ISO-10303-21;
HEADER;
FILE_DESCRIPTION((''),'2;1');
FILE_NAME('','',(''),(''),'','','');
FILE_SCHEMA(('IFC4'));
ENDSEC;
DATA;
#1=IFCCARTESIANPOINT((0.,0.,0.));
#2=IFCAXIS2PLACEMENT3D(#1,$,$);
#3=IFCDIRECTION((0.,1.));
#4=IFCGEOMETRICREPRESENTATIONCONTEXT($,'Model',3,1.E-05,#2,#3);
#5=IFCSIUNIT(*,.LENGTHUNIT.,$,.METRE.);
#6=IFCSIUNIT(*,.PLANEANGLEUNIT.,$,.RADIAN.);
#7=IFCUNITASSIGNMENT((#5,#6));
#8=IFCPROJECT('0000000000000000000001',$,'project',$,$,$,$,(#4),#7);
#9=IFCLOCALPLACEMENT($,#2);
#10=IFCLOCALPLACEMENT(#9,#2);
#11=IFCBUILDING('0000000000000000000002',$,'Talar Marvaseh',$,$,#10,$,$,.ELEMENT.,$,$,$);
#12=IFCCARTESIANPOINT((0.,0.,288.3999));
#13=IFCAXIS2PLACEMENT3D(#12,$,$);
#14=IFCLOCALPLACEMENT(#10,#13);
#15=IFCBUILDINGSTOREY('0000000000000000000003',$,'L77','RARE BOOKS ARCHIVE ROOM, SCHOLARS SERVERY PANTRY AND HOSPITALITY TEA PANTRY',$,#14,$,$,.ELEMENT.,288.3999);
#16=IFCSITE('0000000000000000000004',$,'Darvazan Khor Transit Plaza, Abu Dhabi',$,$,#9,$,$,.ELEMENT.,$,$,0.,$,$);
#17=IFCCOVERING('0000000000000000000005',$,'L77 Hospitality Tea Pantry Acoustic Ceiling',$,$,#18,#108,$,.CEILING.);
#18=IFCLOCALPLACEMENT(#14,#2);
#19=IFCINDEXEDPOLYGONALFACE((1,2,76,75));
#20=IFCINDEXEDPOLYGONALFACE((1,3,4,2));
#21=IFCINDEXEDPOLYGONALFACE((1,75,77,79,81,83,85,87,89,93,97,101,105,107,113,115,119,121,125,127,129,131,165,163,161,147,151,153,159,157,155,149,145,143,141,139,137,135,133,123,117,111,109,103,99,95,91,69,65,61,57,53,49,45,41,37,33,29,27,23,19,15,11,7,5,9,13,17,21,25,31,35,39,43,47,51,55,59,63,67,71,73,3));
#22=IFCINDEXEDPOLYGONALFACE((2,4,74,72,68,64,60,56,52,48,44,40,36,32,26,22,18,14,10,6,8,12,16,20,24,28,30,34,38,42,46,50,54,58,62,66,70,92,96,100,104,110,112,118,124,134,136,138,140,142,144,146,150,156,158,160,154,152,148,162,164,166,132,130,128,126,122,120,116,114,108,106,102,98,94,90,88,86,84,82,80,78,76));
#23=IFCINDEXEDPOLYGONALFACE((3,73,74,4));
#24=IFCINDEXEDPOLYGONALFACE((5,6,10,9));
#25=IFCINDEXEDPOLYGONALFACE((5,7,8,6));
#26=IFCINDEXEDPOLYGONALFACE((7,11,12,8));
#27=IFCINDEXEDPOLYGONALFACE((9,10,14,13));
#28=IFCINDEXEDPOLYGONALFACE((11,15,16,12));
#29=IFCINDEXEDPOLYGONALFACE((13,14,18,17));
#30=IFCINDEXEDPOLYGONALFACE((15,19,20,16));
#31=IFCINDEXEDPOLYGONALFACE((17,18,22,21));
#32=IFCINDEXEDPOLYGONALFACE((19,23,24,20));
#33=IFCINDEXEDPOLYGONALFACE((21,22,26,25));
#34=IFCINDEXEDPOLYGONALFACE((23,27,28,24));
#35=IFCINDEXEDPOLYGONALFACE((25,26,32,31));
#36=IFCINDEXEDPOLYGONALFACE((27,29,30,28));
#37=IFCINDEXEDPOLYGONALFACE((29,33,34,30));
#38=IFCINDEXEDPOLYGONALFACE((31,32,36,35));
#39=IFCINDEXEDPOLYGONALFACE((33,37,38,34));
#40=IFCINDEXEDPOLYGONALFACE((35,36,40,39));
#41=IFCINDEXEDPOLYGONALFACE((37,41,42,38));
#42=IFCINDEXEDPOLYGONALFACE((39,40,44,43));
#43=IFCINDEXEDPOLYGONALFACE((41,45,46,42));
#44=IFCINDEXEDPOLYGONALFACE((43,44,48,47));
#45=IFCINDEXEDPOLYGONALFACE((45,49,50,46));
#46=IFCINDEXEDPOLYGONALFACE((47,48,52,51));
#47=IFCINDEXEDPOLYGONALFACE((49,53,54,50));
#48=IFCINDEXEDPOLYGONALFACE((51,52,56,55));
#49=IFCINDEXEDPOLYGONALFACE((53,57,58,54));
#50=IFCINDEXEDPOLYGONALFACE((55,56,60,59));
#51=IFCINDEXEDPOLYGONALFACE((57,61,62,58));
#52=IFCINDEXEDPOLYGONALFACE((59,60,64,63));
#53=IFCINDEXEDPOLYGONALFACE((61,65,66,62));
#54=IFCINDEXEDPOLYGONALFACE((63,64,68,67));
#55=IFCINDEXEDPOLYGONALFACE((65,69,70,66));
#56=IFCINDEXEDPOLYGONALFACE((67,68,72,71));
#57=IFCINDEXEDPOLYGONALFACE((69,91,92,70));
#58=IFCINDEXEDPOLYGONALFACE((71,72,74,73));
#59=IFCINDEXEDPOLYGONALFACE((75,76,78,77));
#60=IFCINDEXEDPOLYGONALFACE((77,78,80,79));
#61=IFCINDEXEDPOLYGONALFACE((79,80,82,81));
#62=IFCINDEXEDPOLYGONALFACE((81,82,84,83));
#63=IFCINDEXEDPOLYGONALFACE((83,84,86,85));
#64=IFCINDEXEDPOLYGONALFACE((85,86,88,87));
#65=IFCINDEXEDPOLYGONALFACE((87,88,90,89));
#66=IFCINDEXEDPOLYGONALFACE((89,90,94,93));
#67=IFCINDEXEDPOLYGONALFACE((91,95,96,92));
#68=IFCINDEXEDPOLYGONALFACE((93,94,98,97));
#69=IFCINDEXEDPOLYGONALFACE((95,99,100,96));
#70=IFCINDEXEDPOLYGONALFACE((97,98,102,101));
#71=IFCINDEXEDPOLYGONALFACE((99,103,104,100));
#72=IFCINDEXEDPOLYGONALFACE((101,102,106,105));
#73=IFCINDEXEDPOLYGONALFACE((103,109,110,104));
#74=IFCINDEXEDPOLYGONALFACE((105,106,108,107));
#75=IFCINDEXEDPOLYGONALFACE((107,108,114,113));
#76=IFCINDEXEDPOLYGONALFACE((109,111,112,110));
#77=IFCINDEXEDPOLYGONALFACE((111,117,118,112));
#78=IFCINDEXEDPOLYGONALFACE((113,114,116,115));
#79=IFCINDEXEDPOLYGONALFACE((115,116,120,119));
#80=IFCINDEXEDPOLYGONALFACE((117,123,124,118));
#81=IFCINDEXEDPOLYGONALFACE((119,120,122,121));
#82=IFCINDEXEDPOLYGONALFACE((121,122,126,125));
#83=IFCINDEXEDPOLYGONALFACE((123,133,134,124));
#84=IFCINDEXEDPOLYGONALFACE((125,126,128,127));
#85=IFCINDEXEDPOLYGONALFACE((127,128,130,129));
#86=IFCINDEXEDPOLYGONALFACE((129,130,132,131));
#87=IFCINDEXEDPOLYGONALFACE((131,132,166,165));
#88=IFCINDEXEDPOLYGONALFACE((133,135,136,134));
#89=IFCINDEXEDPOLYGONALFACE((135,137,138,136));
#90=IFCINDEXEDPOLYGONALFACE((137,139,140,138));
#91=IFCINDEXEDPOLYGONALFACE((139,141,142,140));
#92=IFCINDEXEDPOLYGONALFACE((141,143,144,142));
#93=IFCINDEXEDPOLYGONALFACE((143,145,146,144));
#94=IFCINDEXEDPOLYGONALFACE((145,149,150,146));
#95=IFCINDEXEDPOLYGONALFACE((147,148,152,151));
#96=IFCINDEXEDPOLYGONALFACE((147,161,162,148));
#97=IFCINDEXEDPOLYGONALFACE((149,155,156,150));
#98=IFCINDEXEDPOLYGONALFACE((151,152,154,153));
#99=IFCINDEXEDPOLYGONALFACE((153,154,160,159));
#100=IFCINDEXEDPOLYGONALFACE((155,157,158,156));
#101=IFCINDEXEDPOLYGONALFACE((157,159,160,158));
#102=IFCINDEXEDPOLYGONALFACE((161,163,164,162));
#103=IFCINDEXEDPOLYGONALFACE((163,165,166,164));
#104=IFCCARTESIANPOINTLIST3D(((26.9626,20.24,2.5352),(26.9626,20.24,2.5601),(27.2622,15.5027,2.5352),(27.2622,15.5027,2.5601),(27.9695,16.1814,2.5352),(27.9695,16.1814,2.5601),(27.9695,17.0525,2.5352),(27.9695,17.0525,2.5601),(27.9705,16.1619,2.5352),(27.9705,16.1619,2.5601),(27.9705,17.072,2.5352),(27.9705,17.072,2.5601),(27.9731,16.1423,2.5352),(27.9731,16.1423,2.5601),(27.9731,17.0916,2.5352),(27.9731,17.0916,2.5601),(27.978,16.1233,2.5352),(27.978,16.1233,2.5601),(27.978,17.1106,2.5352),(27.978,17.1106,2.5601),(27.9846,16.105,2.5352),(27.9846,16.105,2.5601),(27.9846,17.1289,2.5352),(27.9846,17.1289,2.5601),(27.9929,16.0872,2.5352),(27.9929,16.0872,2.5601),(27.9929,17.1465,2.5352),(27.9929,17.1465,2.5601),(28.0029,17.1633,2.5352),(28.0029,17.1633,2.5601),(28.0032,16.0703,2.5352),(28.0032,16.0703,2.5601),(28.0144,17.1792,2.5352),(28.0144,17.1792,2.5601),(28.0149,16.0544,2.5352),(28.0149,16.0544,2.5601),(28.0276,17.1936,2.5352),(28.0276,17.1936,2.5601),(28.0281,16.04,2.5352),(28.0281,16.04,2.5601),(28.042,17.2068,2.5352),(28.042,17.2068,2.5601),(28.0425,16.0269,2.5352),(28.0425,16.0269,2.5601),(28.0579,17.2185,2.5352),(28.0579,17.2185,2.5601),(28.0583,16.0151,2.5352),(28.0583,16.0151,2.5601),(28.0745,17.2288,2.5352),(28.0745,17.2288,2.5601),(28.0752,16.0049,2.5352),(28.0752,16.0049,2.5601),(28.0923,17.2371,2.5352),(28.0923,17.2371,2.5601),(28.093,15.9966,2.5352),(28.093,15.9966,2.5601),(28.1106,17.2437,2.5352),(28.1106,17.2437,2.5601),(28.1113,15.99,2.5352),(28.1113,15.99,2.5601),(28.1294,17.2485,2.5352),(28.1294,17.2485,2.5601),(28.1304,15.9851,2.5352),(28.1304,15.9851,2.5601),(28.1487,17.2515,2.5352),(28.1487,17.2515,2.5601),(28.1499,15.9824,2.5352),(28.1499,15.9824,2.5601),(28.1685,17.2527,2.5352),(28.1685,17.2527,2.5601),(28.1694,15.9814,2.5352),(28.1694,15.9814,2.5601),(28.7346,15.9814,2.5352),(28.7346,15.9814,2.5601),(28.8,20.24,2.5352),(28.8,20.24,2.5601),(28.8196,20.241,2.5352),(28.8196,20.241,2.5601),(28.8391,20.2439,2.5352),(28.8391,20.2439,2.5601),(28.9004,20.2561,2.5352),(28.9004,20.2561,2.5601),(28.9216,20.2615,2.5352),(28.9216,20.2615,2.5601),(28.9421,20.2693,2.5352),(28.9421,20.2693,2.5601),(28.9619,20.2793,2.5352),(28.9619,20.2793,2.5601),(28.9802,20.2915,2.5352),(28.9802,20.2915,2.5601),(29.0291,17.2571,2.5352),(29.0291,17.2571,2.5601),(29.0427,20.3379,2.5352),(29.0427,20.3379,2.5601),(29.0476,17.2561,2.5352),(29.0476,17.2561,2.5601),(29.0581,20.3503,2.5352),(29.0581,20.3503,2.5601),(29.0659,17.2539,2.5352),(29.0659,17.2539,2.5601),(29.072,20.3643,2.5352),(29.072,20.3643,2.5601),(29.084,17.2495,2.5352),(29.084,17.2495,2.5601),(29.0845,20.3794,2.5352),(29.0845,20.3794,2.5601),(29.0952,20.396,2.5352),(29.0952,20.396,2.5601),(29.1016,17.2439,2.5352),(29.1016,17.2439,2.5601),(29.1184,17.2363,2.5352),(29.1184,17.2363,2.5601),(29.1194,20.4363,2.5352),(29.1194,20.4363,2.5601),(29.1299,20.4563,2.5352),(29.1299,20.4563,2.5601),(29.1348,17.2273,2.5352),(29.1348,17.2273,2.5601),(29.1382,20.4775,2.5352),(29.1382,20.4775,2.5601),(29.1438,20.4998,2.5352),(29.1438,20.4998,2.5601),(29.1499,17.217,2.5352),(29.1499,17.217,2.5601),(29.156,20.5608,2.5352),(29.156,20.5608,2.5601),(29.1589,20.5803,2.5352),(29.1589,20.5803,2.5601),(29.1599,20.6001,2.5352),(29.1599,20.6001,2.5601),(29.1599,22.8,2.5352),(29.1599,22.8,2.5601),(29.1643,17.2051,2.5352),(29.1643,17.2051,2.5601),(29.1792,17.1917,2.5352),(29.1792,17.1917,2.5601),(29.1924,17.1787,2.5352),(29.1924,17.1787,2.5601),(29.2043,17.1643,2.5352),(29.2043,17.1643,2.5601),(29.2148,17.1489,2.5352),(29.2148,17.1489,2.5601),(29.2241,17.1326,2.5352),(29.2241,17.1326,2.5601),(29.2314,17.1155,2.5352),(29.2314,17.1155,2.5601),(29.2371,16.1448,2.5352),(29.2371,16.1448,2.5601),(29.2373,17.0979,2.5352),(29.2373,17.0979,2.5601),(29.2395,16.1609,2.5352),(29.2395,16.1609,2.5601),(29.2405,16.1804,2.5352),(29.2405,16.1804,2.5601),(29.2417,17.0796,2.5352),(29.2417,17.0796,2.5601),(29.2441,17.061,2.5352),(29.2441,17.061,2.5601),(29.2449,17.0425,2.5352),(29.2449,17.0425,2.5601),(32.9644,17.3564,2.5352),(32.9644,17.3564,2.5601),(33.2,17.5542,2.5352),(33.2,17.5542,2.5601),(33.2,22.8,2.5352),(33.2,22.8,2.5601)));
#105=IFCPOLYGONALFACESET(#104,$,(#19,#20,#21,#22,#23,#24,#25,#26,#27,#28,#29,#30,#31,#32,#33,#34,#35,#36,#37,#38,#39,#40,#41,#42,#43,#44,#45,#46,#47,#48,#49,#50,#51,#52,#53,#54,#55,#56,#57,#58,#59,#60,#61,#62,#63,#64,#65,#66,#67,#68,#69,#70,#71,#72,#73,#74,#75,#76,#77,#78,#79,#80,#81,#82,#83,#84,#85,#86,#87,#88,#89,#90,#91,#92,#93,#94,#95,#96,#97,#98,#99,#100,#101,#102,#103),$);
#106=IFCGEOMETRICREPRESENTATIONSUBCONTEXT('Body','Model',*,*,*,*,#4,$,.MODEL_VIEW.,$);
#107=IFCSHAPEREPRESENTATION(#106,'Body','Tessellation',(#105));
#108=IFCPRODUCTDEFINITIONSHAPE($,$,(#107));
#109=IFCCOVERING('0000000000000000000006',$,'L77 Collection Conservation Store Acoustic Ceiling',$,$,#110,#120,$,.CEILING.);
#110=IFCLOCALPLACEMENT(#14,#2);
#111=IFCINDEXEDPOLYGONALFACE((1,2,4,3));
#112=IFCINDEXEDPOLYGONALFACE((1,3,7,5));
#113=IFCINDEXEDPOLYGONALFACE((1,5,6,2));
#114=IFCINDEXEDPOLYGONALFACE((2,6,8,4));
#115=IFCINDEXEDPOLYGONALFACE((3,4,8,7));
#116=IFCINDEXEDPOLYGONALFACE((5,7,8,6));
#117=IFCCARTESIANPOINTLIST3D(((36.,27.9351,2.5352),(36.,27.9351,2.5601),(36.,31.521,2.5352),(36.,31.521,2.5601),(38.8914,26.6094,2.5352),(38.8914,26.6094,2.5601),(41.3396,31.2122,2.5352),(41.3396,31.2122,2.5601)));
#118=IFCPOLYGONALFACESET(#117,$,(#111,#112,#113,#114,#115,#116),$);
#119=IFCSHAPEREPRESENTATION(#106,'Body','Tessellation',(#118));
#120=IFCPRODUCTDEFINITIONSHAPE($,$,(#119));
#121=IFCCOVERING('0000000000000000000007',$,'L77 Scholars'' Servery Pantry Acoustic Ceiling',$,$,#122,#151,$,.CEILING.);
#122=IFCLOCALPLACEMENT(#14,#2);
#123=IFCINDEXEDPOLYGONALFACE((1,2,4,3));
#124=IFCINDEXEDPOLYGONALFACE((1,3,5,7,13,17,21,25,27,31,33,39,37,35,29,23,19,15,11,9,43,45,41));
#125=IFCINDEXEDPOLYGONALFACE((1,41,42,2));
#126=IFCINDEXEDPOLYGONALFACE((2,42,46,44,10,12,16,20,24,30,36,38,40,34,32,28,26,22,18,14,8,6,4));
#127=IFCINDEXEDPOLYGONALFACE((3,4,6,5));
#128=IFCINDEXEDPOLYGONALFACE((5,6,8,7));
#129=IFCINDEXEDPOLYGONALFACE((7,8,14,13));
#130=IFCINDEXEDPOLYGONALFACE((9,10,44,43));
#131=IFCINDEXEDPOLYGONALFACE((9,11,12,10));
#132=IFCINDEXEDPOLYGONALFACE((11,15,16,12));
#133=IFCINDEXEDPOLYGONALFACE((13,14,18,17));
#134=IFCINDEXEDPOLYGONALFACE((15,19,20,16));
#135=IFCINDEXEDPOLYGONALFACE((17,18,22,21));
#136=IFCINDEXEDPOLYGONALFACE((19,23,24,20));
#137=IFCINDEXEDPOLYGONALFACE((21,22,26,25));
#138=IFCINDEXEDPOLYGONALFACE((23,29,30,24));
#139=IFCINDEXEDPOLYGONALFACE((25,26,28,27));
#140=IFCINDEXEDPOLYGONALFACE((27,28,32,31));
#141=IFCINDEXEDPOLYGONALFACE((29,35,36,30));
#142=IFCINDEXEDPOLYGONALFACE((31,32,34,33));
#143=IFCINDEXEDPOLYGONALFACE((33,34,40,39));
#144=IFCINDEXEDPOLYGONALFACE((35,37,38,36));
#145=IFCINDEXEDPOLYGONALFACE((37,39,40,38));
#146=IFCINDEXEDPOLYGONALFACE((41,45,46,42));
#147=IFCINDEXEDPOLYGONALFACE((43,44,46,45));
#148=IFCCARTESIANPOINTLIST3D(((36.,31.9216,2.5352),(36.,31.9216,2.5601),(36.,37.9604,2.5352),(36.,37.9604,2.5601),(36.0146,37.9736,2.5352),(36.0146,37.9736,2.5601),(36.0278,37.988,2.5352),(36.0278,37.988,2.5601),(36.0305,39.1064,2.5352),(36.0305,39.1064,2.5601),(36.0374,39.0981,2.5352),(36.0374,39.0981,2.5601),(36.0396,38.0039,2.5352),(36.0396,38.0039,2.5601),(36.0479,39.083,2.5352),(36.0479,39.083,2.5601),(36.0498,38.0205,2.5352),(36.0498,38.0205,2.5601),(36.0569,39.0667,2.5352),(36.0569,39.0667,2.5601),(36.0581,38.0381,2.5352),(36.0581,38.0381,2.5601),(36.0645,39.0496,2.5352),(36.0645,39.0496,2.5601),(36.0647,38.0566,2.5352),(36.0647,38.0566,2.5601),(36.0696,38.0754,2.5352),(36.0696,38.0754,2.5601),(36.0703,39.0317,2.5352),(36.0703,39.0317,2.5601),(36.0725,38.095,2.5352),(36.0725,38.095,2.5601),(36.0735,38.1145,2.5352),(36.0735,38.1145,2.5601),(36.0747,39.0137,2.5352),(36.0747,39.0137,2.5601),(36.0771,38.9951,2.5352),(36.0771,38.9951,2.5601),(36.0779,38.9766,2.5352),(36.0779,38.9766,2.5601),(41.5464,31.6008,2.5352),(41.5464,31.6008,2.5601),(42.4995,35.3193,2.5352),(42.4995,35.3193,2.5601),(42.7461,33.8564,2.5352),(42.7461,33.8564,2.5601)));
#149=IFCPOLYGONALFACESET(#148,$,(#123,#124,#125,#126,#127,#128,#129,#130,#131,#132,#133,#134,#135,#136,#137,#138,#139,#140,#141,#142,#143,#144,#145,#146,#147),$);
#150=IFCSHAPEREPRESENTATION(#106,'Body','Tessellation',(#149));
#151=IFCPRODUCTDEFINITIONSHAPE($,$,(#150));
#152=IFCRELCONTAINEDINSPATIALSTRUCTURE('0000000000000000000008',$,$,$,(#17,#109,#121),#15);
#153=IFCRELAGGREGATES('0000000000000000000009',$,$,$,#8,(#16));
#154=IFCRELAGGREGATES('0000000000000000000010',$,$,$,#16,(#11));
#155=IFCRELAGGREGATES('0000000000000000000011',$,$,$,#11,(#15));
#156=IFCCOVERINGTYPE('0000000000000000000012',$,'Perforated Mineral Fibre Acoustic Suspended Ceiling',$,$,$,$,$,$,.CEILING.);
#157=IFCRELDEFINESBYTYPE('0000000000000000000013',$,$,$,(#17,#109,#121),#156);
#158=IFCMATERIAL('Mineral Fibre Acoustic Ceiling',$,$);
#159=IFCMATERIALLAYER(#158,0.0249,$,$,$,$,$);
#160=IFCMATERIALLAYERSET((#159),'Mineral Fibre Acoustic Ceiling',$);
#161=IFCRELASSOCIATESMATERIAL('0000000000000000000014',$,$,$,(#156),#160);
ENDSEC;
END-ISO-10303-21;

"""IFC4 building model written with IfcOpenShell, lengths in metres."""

from ifc_helpers import new_model, si_unit, direction, frame, origin, place, context, subcontext, project, spatial, polyline, outline, extrude, material, layer, layer_set, type_object, element, save


model = new_model("IFC4")

# Units and contexts
model_context = context("Model", 3, precision=1e-05, world=origin(), true_north=direction((0.0, 1.0)))
body_context = subcontext(model_context, "Body", "Model", "MODEL_VIEW")
ifc_project = project(units=[si_unit("LENGTHUNIT", "METRE"), si_unit("PLANEANGLEUNIT", "RADIAN")], contexts=[model_context])

# Site, building, storey
site_placement = place(None, origin())
site = spatial("IfcSite", under=ifc_project, at=site_placement, Name="Darvazan Khor Transit Plaza, Abu Dhabi", CompositionType="ELEMENT", RefElevation=0.0)
building_placement = place(site_placement, origin())
building = spatial("IfcBuilding", under=site, at=building_placement, Name="Talar Marvaseh", CompositionType="ELEMENT")
storey_placement = place(building_placement, frame((0.0, 0.0, 288.3999)))
storey = spatial("IfcBuildingStorey", under=building, at=storey_placement, Name="L77", Description="RARE BOOKS ARCHIVE ROOM, SCHOLARS SERVERY PANTRY AND HOSPITALITY TEA PANTRY", CompositionType="ELEMENT", Elevation=288.3999)

# Coverings
ifc_material_1 = material(Name="Mineral Fibre Acoustic Ceiling")
ifc_layer_1 = layer(ifc_material_1, 0.0249)
ifc_layer_set_1 = layer_set([ifc_layer_1], Name="Mineral Fibre Acoustic Ceiling")
covering_type_1 = type_object("IfcCoveringType", Name="Perforated Mineral Fibre Acoustic Suspended Ceiling", PredefinedType="CEILING", material=ifc_layer_set_1)
covering_1_placement = place(storey_placement, frame((0.0, 0.0, 2.5352)))
element("IfcCovering", 1, at=covering_1_placement, inside=storey, type_object=covering_type_1, Name="L77 Hospitality Tea Pantry Acoustic Ceiling", PredefinedType="CEILING", context=body_context, shape_type="SweptSolid", body=[
    extrude(outline(polyline([(26.9626, 20.24), (28.8, 20.24), (28.8196, 20.241), (28.8391, 20.2439), (28.9004, 20.2561), (28.9216, 20.2615), (28.9421, 20.2693), (28.9619, 20.2793), (28.9802, 20.2915), (29.0427, 20.3379), (29.0581, 20.3503), (29.072, 20.3643), (29.0845, 20.3794), (29.0952, 20.396), (29.1194, 20.4363), (29.1299, 20.4563), (29.1382, 20.4775), (29.1438, 20.4998), (29.156, 20.5608), (29.1589, 20.5803), (29.1599, 20.6001), (29.1599, 22.8), (33.2, 22.8), (33.2, 17.5542), (32.9644, 17.3564), (29.2371, 16.1448), (29.2395, 16.1609), (29.2405, 16.1804), (29.2449, 17.0425), (29.2441, 17.061), (29.2417, 17.0796), (29.2373, 17.0979), (29.2314, 17.1155), (29.2241, 17.1326), (29.2148, 17.1489), (29.2043, 17.1643), (29.1924, 17.1787), (29.1792, 17.1917), (29.1643, 17.2051), (29.1499, 17.217), (29.1348, 17.2273), (29.1184, 17.2363), (29.1016, 17.2439), (29.084, 17.2495), (29.0659, 17.2539), (29.0476, 17.2561), (29.0291, 17.2571), (28.1685, 17.2527), (28.1487, 17.2515), (28.1294, 17.2485), (28.1106, 17.2437), (28.0923, 17.2371), (28.0745, 17.2288), (28.0579, 17.2185), (28.042, 17.2068), (28.0276, 17.1936), (28.0144, 17.1792), (28.0029, 17.1633), (27.9929, 17.1465), (27.9846, 17.1289), (27.978, 17.1106), (27.9731, 17.0916), (27.9705, 17.072), (27.9695, 17.0525), (27.9695, 16.1814), (27.9705, 16.1619), (27.9731, 16.1423), (27.978, 16.1233), (27.9846, 16.105), (27.9929, 16.0872), (28.0032, 16.0703), (28.0149, 16.0544), (28.0281, 16.04), (28.0425, 16.0269), (28.0583, 16.0151), (28.0752, 16.0049), (28.093, 15.9966), (28.1113, 15.99), (28.1304, 15.9851), (28.1499, 15.9824), (28.1694, 15.9814), (28.7346, 15.9814), (27.2622, 15.5027), (26.9626, 20.24)])), origin(), (0.0, 0.0, 1.0), 0.0249),
])
covering_2_placement = place(storey_placement, frame((0.0, 0.0, 2.5352)))
element("IfcCovering", 2, at=covering_2_placement, inside=storey, type_object=covering_type_1, Name="L77 Collection Conservation Store Acoustic Ceiling", PredefinedType="CEILING", context=body_context, shape_type="SweptSolid", body=[
    extrude(outline(polyline([(38.8914, 26.6094), (36.0, 27.9351), (36.0, 31.521), (41.3396, 31.2122), (38.8914, 26.6094)])), origin(), (0.0, 0.0, 1.0), 0.0249),
])
covering_3_placement = place(storey_placement, frame((0.0, 0.0, 2.5352)))
element("IfcCovering", 3, at=covering_3_placement, inside=storey, type_object=covering_type_1, Name="L77 Scholars' Servery Pantry Acoustic Ceiling", PredefinedType="CEILING", context=body_context, shape_type="SweptSolid", body=[
    extrude(outline(polyline([(36.0146, 37.9736), (36.0278, 37.988), (36.0396, 38.0039), (36.0498, 38.0205), (36.0581, 38.0381), (36.0647, 38.0566), (36.0696, 38.0754), (36.0725, 38.095), (36.0735, 38.1145), (36.0779, 38.9766), (36.0771, 38.9951), (36.0747, 39.0137), (36.0703, 39.0317), (36.0645, 39.0496), (36.0569, 39.0667), (36.0479, 39.083), (36.0374, 39.0981), (36.0305, 39.1064), (42.4995, 35.3193), (42.7461, 33.8564), (41.5464, 31.6008), (36.0, 31.9216), (36.0, 37.9604), (36.0, 37.9604), (36.0146, 37.9736)])), origin(), (0.0, 0.0, 1.0), 0.0249),
])

save(model, "model.ifc")
